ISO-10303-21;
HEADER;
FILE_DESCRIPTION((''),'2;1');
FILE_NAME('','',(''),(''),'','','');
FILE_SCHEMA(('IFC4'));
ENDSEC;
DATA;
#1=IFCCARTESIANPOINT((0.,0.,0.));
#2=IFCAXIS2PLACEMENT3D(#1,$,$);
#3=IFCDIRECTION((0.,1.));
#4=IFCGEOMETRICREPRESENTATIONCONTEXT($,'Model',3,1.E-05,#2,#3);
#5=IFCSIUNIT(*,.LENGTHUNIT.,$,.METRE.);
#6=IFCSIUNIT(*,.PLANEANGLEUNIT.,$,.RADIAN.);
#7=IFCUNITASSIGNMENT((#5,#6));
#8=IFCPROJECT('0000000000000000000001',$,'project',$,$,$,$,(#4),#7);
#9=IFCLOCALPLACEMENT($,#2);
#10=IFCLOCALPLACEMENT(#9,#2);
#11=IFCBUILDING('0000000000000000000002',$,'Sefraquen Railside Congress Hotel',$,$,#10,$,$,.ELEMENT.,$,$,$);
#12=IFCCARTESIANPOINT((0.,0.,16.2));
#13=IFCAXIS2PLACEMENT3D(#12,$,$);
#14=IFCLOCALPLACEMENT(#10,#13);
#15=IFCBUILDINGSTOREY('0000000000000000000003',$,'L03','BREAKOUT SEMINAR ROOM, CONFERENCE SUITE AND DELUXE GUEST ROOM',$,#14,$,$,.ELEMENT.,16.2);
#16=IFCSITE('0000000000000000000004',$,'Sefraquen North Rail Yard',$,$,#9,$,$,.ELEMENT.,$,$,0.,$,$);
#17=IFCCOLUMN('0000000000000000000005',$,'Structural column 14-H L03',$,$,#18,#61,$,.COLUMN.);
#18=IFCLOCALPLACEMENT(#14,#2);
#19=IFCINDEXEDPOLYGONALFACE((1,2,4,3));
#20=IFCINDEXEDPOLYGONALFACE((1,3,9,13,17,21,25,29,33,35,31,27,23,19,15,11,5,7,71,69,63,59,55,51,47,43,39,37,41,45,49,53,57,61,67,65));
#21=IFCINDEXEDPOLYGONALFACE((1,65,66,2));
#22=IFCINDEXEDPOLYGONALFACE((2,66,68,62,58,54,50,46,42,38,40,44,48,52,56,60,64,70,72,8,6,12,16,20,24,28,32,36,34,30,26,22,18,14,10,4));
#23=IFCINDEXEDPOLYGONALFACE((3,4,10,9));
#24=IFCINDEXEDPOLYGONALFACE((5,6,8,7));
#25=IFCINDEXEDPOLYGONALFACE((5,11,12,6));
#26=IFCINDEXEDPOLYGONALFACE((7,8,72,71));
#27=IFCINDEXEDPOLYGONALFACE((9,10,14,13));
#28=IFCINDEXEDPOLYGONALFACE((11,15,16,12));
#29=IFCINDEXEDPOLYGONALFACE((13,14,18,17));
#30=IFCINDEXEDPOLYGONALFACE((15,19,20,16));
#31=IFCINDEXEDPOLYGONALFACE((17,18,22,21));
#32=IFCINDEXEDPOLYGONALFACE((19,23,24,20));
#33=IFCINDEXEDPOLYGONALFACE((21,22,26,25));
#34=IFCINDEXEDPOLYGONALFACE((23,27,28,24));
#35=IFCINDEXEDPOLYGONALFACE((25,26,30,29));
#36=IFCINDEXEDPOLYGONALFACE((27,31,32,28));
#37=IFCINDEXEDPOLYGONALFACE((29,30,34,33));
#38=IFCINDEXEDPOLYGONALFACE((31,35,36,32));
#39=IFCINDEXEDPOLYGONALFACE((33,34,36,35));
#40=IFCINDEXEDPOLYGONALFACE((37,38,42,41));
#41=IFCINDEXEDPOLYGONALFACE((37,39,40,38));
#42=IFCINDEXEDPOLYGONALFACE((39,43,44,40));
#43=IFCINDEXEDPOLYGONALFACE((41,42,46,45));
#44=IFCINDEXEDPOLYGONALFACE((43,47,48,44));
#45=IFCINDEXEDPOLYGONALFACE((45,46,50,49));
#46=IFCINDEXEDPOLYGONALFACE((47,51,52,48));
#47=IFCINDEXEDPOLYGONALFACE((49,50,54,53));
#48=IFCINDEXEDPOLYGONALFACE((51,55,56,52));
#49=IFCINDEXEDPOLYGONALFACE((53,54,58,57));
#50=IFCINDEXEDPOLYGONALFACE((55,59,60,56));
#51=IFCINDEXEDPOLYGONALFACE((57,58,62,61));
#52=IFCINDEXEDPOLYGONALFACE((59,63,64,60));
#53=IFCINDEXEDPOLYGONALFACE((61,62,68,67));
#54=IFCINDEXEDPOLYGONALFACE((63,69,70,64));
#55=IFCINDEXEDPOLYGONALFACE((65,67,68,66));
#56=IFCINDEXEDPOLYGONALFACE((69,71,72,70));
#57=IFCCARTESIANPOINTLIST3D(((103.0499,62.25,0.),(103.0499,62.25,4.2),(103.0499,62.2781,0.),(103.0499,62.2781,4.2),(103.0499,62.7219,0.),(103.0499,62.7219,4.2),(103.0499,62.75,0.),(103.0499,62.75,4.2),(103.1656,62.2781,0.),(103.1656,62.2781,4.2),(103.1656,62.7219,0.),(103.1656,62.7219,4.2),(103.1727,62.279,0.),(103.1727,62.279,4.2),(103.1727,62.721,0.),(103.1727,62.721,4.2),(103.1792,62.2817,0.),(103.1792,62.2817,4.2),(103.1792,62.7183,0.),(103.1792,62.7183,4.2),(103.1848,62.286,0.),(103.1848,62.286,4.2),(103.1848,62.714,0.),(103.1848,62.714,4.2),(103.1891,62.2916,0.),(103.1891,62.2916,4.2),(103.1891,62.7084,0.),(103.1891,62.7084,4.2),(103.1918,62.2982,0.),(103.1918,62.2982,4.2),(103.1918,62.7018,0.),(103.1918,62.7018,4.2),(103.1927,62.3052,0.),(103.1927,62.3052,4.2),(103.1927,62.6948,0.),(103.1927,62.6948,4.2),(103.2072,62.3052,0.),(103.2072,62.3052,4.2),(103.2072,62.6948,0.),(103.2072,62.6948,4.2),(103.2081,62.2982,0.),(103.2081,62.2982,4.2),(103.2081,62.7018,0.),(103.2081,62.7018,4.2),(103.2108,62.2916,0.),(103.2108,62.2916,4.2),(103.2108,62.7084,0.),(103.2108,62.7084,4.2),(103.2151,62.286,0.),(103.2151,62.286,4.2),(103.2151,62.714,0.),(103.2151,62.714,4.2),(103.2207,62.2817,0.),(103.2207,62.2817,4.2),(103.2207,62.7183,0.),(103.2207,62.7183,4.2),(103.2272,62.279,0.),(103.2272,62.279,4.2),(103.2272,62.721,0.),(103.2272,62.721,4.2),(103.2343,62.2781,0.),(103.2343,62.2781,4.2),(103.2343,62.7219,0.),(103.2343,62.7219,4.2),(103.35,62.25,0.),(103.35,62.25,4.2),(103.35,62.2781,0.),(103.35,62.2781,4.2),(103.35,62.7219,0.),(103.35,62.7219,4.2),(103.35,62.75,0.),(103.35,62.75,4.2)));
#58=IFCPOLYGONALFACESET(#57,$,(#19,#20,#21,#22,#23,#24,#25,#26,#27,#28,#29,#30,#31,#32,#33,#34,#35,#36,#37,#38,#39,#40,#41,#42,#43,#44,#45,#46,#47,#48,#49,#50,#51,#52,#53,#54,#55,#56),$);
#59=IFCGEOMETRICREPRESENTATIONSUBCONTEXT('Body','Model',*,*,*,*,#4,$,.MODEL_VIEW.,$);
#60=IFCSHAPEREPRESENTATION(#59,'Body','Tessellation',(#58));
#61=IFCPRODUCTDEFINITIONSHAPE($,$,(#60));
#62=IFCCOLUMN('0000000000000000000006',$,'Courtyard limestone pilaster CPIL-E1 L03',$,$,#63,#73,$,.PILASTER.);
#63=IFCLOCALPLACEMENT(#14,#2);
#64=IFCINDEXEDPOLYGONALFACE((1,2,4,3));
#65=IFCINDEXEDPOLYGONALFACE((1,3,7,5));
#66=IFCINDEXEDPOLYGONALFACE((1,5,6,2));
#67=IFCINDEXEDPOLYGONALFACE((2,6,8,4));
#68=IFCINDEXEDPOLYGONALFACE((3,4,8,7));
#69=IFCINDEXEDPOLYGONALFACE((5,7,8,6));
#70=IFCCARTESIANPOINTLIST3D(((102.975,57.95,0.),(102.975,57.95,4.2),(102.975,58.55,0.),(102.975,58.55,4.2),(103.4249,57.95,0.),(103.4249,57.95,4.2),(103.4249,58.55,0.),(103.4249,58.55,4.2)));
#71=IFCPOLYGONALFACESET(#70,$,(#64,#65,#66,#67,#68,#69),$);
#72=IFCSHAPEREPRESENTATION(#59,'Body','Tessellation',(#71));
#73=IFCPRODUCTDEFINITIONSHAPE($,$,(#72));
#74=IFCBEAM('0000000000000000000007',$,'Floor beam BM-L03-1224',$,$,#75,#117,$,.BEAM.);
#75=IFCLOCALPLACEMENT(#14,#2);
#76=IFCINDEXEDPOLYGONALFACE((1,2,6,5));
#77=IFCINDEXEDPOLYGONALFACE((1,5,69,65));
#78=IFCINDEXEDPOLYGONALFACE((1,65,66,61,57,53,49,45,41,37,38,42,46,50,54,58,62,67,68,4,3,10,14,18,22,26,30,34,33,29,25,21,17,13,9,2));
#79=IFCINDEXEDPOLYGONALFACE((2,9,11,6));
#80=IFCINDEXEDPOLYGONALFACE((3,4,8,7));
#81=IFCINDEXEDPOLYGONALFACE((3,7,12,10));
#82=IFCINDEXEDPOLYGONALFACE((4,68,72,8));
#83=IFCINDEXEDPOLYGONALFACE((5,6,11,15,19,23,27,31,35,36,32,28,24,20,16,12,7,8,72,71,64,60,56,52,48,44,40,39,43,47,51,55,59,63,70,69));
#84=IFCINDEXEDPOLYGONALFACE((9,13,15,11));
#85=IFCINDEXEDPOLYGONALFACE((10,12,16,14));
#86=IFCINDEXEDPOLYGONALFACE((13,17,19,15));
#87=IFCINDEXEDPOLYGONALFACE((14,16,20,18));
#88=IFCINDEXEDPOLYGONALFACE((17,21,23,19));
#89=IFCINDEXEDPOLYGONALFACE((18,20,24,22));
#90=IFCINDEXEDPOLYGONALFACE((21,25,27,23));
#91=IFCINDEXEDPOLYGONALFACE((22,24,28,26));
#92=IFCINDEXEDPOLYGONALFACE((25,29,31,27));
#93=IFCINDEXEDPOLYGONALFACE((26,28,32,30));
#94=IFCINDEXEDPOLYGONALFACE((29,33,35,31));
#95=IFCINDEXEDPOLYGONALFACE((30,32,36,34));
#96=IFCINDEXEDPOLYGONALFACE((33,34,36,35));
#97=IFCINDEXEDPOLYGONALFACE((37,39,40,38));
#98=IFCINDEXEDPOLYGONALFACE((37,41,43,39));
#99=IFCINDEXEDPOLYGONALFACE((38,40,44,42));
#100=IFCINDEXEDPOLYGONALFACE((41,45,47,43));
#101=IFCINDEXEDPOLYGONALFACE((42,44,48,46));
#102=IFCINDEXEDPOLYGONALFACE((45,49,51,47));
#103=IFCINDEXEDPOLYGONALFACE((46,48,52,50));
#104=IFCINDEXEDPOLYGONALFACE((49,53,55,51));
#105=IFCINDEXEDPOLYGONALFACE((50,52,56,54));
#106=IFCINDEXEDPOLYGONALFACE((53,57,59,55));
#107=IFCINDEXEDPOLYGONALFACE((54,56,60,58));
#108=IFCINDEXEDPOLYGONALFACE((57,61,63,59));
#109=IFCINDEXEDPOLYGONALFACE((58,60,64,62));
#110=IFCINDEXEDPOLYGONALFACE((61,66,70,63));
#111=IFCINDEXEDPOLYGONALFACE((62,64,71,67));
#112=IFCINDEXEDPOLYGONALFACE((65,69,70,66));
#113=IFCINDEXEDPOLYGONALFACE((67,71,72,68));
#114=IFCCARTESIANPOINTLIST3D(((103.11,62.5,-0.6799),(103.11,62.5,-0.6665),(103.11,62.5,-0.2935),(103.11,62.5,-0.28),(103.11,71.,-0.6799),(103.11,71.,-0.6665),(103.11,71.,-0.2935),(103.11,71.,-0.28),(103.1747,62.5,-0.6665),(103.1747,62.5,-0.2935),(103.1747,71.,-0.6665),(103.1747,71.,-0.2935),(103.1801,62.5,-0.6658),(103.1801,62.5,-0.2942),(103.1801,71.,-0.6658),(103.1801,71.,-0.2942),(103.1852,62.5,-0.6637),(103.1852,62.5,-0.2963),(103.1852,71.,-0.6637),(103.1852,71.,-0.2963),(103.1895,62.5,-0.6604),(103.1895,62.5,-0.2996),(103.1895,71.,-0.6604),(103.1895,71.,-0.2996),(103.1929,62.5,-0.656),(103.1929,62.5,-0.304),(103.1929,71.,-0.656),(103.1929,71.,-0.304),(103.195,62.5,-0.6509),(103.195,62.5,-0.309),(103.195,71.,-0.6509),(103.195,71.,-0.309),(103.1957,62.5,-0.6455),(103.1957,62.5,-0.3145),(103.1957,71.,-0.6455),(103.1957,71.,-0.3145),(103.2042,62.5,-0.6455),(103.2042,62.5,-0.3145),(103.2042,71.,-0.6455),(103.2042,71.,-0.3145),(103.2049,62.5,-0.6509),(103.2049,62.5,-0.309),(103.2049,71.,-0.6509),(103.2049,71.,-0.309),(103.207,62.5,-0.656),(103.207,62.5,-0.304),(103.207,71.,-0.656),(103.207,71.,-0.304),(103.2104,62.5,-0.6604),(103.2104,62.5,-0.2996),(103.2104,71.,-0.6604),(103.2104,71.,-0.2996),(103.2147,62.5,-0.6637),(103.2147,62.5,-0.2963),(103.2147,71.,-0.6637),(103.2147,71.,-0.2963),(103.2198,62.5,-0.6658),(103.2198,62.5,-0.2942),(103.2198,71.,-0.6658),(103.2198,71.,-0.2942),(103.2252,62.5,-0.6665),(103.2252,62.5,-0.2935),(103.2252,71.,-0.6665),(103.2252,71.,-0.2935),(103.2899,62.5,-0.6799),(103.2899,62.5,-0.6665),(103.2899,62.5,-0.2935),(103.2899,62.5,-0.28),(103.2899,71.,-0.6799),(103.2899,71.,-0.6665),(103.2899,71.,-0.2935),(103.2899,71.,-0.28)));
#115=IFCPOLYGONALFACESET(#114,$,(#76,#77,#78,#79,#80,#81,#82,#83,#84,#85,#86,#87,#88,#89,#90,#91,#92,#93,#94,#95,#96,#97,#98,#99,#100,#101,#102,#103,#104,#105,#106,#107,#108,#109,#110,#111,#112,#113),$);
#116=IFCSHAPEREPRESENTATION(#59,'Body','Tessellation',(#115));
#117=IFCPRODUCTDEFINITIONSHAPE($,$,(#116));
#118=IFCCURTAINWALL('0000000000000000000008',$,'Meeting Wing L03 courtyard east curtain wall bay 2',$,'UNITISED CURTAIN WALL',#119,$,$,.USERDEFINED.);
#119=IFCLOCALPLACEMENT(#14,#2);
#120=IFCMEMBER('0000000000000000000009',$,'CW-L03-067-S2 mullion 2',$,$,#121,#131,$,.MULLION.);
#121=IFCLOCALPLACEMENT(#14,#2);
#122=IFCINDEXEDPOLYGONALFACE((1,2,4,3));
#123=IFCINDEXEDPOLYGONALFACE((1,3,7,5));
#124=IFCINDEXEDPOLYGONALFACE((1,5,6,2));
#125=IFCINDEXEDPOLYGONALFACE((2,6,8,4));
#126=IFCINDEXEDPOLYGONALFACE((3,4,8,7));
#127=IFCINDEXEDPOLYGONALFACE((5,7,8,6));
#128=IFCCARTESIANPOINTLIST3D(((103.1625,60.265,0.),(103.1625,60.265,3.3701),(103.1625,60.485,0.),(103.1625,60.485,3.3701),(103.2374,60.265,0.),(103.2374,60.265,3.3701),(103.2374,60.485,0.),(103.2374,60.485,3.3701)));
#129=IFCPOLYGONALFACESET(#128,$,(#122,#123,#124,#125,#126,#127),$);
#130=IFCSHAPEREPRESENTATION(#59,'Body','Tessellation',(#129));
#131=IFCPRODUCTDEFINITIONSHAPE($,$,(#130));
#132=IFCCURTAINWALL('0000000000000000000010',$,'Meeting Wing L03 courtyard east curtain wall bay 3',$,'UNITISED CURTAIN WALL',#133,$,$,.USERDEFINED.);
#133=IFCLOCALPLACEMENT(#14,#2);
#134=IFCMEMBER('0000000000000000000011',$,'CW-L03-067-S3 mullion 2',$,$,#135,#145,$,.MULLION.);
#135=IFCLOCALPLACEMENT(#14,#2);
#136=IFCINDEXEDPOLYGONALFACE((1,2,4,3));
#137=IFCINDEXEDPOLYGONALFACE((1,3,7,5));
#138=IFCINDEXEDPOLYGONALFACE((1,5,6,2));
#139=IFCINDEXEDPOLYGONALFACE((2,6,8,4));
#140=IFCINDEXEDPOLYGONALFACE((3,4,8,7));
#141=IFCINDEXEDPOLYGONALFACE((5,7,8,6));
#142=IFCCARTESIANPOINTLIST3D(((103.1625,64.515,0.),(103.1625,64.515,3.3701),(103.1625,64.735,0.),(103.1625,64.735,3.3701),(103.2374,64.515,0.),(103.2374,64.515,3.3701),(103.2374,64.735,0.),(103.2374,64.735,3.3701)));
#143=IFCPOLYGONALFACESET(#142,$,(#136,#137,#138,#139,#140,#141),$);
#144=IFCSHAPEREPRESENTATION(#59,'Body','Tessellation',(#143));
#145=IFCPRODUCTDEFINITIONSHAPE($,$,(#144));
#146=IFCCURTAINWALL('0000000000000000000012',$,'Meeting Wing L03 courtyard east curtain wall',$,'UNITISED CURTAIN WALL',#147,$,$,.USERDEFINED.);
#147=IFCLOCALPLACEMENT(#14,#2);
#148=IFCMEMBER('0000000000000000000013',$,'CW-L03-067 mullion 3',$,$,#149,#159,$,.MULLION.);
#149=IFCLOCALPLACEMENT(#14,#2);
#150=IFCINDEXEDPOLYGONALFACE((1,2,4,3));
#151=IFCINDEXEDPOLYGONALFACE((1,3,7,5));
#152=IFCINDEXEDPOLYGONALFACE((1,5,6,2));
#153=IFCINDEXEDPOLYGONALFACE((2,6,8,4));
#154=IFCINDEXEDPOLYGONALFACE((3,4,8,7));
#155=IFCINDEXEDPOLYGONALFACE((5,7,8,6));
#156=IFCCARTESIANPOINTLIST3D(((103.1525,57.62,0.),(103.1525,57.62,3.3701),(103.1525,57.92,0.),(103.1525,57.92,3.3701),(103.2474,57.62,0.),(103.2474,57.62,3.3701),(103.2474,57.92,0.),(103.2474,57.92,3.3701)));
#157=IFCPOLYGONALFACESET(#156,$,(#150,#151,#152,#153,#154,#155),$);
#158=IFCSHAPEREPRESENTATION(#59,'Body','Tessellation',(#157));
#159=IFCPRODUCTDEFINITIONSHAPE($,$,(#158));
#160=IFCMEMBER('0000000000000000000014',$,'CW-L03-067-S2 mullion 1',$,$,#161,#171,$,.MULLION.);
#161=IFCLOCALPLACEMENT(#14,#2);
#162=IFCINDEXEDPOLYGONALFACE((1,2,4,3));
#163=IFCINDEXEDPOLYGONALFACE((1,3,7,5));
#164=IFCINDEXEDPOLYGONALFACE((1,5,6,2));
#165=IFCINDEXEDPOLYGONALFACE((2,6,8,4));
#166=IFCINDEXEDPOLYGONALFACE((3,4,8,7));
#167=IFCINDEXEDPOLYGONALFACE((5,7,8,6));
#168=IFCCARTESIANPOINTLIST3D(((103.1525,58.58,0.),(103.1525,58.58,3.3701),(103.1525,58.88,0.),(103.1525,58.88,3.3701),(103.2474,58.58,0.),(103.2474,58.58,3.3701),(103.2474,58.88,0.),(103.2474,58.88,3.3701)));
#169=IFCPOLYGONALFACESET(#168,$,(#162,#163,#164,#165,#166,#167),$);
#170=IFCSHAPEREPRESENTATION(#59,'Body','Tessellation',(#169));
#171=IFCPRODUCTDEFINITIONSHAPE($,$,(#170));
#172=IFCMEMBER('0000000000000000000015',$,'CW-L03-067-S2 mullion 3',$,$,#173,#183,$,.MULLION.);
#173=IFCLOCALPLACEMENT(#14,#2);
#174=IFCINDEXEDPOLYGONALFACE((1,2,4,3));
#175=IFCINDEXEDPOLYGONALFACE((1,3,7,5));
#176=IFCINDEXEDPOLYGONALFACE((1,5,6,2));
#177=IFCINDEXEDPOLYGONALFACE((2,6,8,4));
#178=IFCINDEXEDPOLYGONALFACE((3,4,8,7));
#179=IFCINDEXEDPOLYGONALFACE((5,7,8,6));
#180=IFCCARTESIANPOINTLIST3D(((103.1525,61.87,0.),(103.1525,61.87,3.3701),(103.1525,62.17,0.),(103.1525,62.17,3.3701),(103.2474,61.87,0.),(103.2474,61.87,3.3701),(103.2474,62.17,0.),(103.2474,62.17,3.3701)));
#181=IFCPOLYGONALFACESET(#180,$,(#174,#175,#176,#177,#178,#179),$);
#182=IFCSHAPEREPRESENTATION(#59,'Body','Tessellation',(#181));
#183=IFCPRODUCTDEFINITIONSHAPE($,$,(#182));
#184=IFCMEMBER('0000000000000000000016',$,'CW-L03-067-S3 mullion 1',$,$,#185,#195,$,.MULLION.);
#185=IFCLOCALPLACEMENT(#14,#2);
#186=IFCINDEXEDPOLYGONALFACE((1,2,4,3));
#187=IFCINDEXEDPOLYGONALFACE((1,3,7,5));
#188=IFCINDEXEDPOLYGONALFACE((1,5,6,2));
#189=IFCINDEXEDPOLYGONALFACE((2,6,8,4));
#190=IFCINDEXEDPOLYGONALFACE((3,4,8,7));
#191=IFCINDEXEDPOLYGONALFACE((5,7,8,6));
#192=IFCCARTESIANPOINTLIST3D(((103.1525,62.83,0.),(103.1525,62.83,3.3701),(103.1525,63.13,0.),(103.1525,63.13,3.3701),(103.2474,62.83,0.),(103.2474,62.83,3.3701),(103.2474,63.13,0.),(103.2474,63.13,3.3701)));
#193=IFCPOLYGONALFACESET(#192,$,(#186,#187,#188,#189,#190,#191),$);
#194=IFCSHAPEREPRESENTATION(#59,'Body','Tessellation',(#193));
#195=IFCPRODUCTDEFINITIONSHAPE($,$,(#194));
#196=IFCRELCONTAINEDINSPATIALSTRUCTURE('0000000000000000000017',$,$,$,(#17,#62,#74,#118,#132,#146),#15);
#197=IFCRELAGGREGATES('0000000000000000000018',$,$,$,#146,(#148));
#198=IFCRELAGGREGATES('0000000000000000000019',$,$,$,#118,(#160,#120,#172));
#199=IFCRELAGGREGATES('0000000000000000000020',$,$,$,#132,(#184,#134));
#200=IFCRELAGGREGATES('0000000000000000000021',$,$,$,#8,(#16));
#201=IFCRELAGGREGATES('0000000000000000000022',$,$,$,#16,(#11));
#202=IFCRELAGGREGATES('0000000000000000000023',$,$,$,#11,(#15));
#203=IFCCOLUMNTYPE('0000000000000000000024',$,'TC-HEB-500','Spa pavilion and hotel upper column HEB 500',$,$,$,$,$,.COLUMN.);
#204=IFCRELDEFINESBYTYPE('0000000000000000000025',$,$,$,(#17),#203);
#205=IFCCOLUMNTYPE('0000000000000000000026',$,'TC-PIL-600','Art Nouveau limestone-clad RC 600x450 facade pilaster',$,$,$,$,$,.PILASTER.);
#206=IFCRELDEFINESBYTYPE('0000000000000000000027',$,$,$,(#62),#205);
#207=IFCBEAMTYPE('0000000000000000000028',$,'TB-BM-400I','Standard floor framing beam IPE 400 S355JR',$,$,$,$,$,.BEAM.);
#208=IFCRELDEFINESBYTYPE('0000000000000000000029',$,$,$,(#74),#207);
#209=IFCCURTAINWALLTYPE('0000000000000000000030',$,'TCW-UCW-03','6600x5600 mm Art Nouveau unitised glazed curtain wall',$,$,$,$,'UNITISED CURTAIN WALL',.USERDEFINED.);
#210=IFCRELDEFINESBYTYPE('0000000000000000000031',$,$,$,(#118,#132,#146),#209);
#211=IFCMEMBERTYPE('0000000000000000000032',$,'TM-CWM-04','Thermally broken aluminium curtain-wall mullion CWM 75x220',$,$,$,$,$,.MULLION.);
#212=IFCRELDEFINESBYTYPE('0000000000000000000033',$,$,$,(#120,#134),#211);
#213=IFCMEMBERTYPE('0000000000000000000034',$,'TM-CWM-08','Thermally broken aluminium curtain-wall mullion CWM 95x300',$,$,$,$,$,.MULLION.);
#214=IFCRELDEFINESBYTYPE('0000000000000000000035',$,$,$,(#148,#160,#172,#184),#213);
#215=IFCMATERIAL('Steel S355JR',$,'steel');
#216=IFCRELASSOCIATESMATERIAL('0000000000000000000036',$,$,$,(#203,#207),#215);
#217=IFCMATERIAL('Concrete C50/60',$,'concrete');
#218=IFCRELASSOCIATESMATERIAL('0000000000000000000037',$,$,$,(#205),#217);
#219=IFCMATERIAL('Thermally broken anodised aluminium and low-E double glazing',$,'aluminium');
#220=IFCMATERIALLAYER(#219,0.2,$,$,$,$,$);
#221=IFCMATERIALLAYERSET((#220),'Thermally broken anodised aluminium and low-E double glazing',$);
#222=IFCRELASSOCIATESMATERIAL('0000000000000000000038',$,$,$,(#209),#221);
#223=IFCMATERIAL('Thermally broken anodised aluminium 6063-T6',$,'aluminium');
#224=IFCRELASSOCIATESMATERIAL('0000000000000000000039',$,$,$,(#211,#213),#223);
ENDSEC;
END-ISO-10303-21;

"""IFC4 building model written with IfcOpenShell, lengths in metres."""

from ifc_helpers import new_model, si_unit, direction, frame, origin, origin_2d, place, context, subcontext, project, spatial, rectangle, i_section, extrude, material, layer, layer_set, material_profile, profile_set, type_object, element, aggregate, save


model = new_model("IFC4")

# Units and contexts
model_context = context("Model", 3, precision=1e-05, world=origin(), true_north=direction((0.0, 1.0)))
body_context = subcontext(model_context, "Body", "Model", "MODEL_VIEW")
ifc_project = project(units=[si_unit("LENGTHUNIT", "METRE"), si_unit("PLANEANGLEUNIT", "RADIAN")], contexts=[model_context])

# Site, building, storey
site_placement = place(None, origin())
site = spatial("IfcSite", under=ifc_project, at=site_placement, Name="Sefraquen North Rail Yard", CompositionType="ELEMENT", RefElevation=0.0)
building_placement = place(site_placement, origin())
building = spatial("IfcBuilding", under=site, at=building_placement, Name="Sefraquen Railside Congress Hotel", CompositionType="ELEMENT")
storey_placement = place(building_placement, frame((0.0, 0.0, 16.2)))
storey = spatial("IfcBuildingStorey", under=building, at=storey_placement, Name="L03", Description="BREAKOUT SEMINAR ROOM, CONFERENCE SUITE AND DELUXE GUEST ROOM", CompositionType="ELEMENT", Elevation=16.2)

# Columns
ifc_material_1 = material(Name="Steel S355JR", Category="steel")
ifc_material_profile_1 = material_profile(ifc_material_1, i_section(OverallWidth=0.3, OverallDepth=0.5, WebThickness=0.0144, FlangeThickness=0.0281, FilletRadius=0.0271, at=origin_2d()), Name="HEB 500")
ifc_profile_set_1 = profile_set([ifc_material_profile_1], Name="Steel S355JR")
column_type_1 = type_object("IfcColumnType", Name="TC-HEB-500", Description="Spa pavilion and hotel upper column HEB 500", PredefinedType="COLUMN", material=ifc_profile_set_1)
column_1_placement = place(storey_placement, frame((103.2, 62.5, 0.0), z_axis=(0.0, 0.0, 1.0), x_axis=(1.0, 0.0, 0.0)))
element("IfcColumn", 1, at=column_1_placement, inside=storey, type_object=column_type_1, Name="Structural column 14-H L03", PredefinedType="COLUMN", context=body_context, shape_type="SweptSolid", body=[
    extrude(i_section(OverallWidth=0.3, OverallDepth=0.5, WebThickness=0.0144, FlangeThickness=0.0281, FilletRadius=0.0271, at=origin_2d()), origin(), (0.0, 0.0, 1.0), 4.2),
])
ifc_material_2 = material(Name="Concrete C50/60", Category="concrete")
ifc_material_profile_2 = material_profile(ifc_material_2, rectangle(XDim=0.45, YDim=0.6001, at=origin_2d()), Name="RC 600x450")
ifc_profile_set_2 = profile_set([ifc_material_profile_2], Name="Concrete C50/60")
column_type_2 = type_object("IfcColumnType", Name="TC-PIL-600", Description="Art Nouveau limestone-clad RC 600x450 facade pilaster", PredefinedType="PILASTER", material=ifc_profile_set_2)
column_2_placement = place(storey_placement, frame((103.2, 58.25, 0.0), z_axis=(0.0, 0.0, 1.0), x_axis=(1.0, 0.0, 0.0)))
element("IfcColumn", 2, at=column_2_placement, inside=storey, type_object=column_type_2, Name="Courtyard limestone pilaster CPIL-E1 L03", PredefinedType="PILASTER", context=body_context, shape_type="SweptSolid", body=[
    extrude(rectangle(XDim=0.45, YDim=0.6001, at=origin_2d()), origin(), (0.0, 0.0, 1.0), 4.2),
])

# Beam
ifc_material_profile_3 = material_profile(ifc_material_1, i_section(OverallWidth=0.1799, OverallDepth=0.3999, WebThickness=0.0085, FlangeThickness=0.0134, FilletRadius=0.021, at=origin_2d()), Name="IPE 400")
ifc_profile_set_3 = profile_set([ifc_material_profile_3], Name="Steel S355JR")
beam_type = type_object("IfcBeamType", Name="TB-BM-400I", Description="Standard floor framing beam IPE 400 S355JR", PredefinedType="BEAM", material=ifc_profile_set_3)
beam_placement = place(storey_placement, frame((103.2, 62.5, -0.48), z_axis=(0.0, 1.0, 0.0), x_axis=(-1.0, 0.0, 0.0)))
element("IfcBeam", 3, at=beam_placement, inside=storey, type_object=beam_type, Name="Floor beam BM-L03-1224", PredefinedType="BEAM", context=body_context, shape_type="SweptSolid", body=[
    extrude(i_section(OverallWidth=0.1799, OverallDepth=0.3999, WebThickness=0.0085, FlangeThickness=0.0134, FilletRadius=0.021, at=origin_2d()), origin(), (0.0, 0.0, 1.0), 8.5),
])

# Curtain walls, members
ifc_material_3 = material(Name="Thermally broken anodised aluminium and low-E double glazing", Category="aluminium")
ifc_layer_1 = layer(ifc_material_3, 0.2)
ifc_layer_set_1 = layer_set([ifc_layer_1], Name="Thermally broken anodised aluminium and low-E double glazing")
curtain_wall_type = type_object("IfcCurtainWallType", Name="TCW-UCW-03", Description="6600x5600 mm Art Nouveau unitised glazed curtain wall", ElementType="UNITISED CURTAIN WALL", PredefinedType="USERDEFINED", material=ifc_layer_set_1)
curtain_wall_1_placement = place(storey_placement, origin())
curtain_wall_1 = element("IfcCurtainWall", 4, at=curtain_wall_1_placement, inside=storey, type_object=curtain_wall_type, Name="Meeting Wing L03 courtyard east curtain wall bay 2", ObjectType="UNITISED CURTAIN WALL", PredefinedType="USERDEFINED")
ifc_material_4 = material(Name="Thermally broken anodised aluminium 6063-T6", Category="aluminium")
ifc_material_profile_4 = material_profile(ifc_material_4, rectangle(XDim=0.075, YDim=0.22, at=origin_2d()), Name="CWM 75x220")
ifc_profile_set_4 = profile_set([ifc_material_profile_4], Name="Thermally broken anodised aluminium 6063-T6")
member_type_1 = type_object("IfcMemberType", Name="TM-CWM-04", Description="Thermally broken aluminium curtain-wall mullion CWM 75x220", PredefinedType="MULLION", material=ifc_profile_set_4)
member_1_placement = place(storey_placement, frame((103.2, 60.375, 0.0), z_axis=(0.0, 0.0, 1.0), x_axis=(1.0, 0.0, 0.0)))
member_1 = element("IfcMember", 5, at=member_1_placement, type_object=member_type_1, Name="CW-L03-067-S2 mullion 2", PredefinedType="MULLION", context=body_context, shape_type="SweptSolid", body=[
    extrude(rectangle(XDim=0.075, YDim=0.22, at=origin_2d()), origin(), (0.0, 0.0, 1.0), 3.3701),
])
curtain_wall_2_placement = place(storey_placement, origin())
curtain_wall_2 = element("IfcCurtainWall", 6, at=curtain_wall_2_placement, inside=storey, type_object=curtain_wall_type, Name="Meeting Wing L03 courtyard east curtain wall bay 3", ObjectType="UNITISED CURTAIN WALL", PredefinedType="USERDEFINED")
member_2_placement = place(storey_placement, frame((103.2, 64.625, 0.0), z_axis=(0.0, 0.0, 1.0), x_axis=(1.0, 0.0, 0.0)))
member_2 = element("IfcMember", 7, at=member_2_placement, type_object=member_type_1, Name="CW-L03-067-S3 mullion 2", PredefinedType="MULLION", context=body_context, shape_type="SweptSolid", body=[
    extrude(rectangle(XDim=0.075, YDim=0.22, at=origin_2d()), origin(), (0.0, 0.0, 1.0), 3.3701),
])
curtain_wall_3_placement = place(storey_placement, origin())
curtain_wall_3 = element("IfcCurtainWall", 8, at=curtain_wall_3_placement, inside=storey, type_object=curtain_wall_type, Name="Meeting Wing L03 courtyard east curtain wall", ObjectType="UNITISED CURTAIN WALL", PredefinedType="USERDEFINED")
ifc_material_profile_5 = material_profile(ifc_material_4, rectangle(XDim=0.095, YDim=0.3, at=origin_2d()), Name="CWM 95x300")
ifc_profile_set_5 = profile_set([ifc_material_profile_5], Name="Thermally broken anodised aluminium 6063-T6")
member_type_2 = type_object("IfcMemberType", Name="TM-CWM-08", Description="Thermally broken aluminium curtain-wall mullion CWM 95x300", PredefinedType="MULLION", material=ifc_profile_set_5)
member_3_placement = place(storey_placement, frame((103.2, 57.77, 0.0), z_axis=(0.0, 0.0, 1.0), x_axis=(1.0, 0.0, 0.0)))
member_3 = element("IfcMember", 9, at=member_3_placement, type_object=member_type_2, Name="CW-L03-067 mullion 3", PredefinedType="MULLION", context=body_context, shape_type="SweptSolid", body=[
    extrude(rectangle(XDim=0.095, YDim=0.3, at=origin_2d()), origin(), (0.0, 0.0, 1.0), 3.3701),
])
aggregate(curtain_wall_3, [member_3])

# Members
member_4_placement = place(storey_placement, frame((103.2, 58.73, 0.0), z_axis=(0.0, 0.0, 1.0), x_axis=(1.0, 0.0, 0.0)))
member_4 = element("IfcMember", 10, at=member_4_placement, type_object=member_type_2, Name="CW-L03-067-S2 mullion 1", PredefinedType="MULLION", context=body_context, shape_type="SweptSolid", body=[
    extrude(rectangle(XDim=0.095, YDim=0.3, at=origin_2d()), origin(), (0.0, 0.0, 1.0), 3.3701),
])
member_5_placement = place(storey_placement, frame((103.2, 62.02, 0.0), z_axis=(0.0, 0.0, 1.0), x_axis=(1.0, 0.0, 0.0)))
member_5 = element("IfcMember", 11, at=member_5_placement, type_object=member_type_2, Name="CW-L03-067-S2 mullion 3", PredefinedType="MULLION", context=body_context, shape_type="SweptSolid", body=[
    extrude(rectangle(XDim=0.095, YDim=0.3, at=origin_2d()), origin(), (0.0, 0.0, 1.0), 3.3701),
])
member_6_placement = place(storey_placement, frame((103.2, 62.98, 0.0), z_axis=(0.0, 0.0, 1.0), x_axis=(1.0, 0.0, 0.0)))
member_6 = element("IfcMember", 12, at=member_6_placement, type_object=member_type_2, Name="CW-L03-067-S3 mullion 1", PredefinedType="MULLION", context=body_context, shape_type="SweptSolid", body=[
    extrude(rectangle(XDim=0.095, YDim=0.3, at=origin_2d()), origin(), (0.0, 0.0, 1.0), 3.3701),
])

aggregate(curtain_wall_1, [member_4, member_1, member_5])
aggregate(curtain_wall_2, [member_6, member_2])

save(model, "model.ifc")
